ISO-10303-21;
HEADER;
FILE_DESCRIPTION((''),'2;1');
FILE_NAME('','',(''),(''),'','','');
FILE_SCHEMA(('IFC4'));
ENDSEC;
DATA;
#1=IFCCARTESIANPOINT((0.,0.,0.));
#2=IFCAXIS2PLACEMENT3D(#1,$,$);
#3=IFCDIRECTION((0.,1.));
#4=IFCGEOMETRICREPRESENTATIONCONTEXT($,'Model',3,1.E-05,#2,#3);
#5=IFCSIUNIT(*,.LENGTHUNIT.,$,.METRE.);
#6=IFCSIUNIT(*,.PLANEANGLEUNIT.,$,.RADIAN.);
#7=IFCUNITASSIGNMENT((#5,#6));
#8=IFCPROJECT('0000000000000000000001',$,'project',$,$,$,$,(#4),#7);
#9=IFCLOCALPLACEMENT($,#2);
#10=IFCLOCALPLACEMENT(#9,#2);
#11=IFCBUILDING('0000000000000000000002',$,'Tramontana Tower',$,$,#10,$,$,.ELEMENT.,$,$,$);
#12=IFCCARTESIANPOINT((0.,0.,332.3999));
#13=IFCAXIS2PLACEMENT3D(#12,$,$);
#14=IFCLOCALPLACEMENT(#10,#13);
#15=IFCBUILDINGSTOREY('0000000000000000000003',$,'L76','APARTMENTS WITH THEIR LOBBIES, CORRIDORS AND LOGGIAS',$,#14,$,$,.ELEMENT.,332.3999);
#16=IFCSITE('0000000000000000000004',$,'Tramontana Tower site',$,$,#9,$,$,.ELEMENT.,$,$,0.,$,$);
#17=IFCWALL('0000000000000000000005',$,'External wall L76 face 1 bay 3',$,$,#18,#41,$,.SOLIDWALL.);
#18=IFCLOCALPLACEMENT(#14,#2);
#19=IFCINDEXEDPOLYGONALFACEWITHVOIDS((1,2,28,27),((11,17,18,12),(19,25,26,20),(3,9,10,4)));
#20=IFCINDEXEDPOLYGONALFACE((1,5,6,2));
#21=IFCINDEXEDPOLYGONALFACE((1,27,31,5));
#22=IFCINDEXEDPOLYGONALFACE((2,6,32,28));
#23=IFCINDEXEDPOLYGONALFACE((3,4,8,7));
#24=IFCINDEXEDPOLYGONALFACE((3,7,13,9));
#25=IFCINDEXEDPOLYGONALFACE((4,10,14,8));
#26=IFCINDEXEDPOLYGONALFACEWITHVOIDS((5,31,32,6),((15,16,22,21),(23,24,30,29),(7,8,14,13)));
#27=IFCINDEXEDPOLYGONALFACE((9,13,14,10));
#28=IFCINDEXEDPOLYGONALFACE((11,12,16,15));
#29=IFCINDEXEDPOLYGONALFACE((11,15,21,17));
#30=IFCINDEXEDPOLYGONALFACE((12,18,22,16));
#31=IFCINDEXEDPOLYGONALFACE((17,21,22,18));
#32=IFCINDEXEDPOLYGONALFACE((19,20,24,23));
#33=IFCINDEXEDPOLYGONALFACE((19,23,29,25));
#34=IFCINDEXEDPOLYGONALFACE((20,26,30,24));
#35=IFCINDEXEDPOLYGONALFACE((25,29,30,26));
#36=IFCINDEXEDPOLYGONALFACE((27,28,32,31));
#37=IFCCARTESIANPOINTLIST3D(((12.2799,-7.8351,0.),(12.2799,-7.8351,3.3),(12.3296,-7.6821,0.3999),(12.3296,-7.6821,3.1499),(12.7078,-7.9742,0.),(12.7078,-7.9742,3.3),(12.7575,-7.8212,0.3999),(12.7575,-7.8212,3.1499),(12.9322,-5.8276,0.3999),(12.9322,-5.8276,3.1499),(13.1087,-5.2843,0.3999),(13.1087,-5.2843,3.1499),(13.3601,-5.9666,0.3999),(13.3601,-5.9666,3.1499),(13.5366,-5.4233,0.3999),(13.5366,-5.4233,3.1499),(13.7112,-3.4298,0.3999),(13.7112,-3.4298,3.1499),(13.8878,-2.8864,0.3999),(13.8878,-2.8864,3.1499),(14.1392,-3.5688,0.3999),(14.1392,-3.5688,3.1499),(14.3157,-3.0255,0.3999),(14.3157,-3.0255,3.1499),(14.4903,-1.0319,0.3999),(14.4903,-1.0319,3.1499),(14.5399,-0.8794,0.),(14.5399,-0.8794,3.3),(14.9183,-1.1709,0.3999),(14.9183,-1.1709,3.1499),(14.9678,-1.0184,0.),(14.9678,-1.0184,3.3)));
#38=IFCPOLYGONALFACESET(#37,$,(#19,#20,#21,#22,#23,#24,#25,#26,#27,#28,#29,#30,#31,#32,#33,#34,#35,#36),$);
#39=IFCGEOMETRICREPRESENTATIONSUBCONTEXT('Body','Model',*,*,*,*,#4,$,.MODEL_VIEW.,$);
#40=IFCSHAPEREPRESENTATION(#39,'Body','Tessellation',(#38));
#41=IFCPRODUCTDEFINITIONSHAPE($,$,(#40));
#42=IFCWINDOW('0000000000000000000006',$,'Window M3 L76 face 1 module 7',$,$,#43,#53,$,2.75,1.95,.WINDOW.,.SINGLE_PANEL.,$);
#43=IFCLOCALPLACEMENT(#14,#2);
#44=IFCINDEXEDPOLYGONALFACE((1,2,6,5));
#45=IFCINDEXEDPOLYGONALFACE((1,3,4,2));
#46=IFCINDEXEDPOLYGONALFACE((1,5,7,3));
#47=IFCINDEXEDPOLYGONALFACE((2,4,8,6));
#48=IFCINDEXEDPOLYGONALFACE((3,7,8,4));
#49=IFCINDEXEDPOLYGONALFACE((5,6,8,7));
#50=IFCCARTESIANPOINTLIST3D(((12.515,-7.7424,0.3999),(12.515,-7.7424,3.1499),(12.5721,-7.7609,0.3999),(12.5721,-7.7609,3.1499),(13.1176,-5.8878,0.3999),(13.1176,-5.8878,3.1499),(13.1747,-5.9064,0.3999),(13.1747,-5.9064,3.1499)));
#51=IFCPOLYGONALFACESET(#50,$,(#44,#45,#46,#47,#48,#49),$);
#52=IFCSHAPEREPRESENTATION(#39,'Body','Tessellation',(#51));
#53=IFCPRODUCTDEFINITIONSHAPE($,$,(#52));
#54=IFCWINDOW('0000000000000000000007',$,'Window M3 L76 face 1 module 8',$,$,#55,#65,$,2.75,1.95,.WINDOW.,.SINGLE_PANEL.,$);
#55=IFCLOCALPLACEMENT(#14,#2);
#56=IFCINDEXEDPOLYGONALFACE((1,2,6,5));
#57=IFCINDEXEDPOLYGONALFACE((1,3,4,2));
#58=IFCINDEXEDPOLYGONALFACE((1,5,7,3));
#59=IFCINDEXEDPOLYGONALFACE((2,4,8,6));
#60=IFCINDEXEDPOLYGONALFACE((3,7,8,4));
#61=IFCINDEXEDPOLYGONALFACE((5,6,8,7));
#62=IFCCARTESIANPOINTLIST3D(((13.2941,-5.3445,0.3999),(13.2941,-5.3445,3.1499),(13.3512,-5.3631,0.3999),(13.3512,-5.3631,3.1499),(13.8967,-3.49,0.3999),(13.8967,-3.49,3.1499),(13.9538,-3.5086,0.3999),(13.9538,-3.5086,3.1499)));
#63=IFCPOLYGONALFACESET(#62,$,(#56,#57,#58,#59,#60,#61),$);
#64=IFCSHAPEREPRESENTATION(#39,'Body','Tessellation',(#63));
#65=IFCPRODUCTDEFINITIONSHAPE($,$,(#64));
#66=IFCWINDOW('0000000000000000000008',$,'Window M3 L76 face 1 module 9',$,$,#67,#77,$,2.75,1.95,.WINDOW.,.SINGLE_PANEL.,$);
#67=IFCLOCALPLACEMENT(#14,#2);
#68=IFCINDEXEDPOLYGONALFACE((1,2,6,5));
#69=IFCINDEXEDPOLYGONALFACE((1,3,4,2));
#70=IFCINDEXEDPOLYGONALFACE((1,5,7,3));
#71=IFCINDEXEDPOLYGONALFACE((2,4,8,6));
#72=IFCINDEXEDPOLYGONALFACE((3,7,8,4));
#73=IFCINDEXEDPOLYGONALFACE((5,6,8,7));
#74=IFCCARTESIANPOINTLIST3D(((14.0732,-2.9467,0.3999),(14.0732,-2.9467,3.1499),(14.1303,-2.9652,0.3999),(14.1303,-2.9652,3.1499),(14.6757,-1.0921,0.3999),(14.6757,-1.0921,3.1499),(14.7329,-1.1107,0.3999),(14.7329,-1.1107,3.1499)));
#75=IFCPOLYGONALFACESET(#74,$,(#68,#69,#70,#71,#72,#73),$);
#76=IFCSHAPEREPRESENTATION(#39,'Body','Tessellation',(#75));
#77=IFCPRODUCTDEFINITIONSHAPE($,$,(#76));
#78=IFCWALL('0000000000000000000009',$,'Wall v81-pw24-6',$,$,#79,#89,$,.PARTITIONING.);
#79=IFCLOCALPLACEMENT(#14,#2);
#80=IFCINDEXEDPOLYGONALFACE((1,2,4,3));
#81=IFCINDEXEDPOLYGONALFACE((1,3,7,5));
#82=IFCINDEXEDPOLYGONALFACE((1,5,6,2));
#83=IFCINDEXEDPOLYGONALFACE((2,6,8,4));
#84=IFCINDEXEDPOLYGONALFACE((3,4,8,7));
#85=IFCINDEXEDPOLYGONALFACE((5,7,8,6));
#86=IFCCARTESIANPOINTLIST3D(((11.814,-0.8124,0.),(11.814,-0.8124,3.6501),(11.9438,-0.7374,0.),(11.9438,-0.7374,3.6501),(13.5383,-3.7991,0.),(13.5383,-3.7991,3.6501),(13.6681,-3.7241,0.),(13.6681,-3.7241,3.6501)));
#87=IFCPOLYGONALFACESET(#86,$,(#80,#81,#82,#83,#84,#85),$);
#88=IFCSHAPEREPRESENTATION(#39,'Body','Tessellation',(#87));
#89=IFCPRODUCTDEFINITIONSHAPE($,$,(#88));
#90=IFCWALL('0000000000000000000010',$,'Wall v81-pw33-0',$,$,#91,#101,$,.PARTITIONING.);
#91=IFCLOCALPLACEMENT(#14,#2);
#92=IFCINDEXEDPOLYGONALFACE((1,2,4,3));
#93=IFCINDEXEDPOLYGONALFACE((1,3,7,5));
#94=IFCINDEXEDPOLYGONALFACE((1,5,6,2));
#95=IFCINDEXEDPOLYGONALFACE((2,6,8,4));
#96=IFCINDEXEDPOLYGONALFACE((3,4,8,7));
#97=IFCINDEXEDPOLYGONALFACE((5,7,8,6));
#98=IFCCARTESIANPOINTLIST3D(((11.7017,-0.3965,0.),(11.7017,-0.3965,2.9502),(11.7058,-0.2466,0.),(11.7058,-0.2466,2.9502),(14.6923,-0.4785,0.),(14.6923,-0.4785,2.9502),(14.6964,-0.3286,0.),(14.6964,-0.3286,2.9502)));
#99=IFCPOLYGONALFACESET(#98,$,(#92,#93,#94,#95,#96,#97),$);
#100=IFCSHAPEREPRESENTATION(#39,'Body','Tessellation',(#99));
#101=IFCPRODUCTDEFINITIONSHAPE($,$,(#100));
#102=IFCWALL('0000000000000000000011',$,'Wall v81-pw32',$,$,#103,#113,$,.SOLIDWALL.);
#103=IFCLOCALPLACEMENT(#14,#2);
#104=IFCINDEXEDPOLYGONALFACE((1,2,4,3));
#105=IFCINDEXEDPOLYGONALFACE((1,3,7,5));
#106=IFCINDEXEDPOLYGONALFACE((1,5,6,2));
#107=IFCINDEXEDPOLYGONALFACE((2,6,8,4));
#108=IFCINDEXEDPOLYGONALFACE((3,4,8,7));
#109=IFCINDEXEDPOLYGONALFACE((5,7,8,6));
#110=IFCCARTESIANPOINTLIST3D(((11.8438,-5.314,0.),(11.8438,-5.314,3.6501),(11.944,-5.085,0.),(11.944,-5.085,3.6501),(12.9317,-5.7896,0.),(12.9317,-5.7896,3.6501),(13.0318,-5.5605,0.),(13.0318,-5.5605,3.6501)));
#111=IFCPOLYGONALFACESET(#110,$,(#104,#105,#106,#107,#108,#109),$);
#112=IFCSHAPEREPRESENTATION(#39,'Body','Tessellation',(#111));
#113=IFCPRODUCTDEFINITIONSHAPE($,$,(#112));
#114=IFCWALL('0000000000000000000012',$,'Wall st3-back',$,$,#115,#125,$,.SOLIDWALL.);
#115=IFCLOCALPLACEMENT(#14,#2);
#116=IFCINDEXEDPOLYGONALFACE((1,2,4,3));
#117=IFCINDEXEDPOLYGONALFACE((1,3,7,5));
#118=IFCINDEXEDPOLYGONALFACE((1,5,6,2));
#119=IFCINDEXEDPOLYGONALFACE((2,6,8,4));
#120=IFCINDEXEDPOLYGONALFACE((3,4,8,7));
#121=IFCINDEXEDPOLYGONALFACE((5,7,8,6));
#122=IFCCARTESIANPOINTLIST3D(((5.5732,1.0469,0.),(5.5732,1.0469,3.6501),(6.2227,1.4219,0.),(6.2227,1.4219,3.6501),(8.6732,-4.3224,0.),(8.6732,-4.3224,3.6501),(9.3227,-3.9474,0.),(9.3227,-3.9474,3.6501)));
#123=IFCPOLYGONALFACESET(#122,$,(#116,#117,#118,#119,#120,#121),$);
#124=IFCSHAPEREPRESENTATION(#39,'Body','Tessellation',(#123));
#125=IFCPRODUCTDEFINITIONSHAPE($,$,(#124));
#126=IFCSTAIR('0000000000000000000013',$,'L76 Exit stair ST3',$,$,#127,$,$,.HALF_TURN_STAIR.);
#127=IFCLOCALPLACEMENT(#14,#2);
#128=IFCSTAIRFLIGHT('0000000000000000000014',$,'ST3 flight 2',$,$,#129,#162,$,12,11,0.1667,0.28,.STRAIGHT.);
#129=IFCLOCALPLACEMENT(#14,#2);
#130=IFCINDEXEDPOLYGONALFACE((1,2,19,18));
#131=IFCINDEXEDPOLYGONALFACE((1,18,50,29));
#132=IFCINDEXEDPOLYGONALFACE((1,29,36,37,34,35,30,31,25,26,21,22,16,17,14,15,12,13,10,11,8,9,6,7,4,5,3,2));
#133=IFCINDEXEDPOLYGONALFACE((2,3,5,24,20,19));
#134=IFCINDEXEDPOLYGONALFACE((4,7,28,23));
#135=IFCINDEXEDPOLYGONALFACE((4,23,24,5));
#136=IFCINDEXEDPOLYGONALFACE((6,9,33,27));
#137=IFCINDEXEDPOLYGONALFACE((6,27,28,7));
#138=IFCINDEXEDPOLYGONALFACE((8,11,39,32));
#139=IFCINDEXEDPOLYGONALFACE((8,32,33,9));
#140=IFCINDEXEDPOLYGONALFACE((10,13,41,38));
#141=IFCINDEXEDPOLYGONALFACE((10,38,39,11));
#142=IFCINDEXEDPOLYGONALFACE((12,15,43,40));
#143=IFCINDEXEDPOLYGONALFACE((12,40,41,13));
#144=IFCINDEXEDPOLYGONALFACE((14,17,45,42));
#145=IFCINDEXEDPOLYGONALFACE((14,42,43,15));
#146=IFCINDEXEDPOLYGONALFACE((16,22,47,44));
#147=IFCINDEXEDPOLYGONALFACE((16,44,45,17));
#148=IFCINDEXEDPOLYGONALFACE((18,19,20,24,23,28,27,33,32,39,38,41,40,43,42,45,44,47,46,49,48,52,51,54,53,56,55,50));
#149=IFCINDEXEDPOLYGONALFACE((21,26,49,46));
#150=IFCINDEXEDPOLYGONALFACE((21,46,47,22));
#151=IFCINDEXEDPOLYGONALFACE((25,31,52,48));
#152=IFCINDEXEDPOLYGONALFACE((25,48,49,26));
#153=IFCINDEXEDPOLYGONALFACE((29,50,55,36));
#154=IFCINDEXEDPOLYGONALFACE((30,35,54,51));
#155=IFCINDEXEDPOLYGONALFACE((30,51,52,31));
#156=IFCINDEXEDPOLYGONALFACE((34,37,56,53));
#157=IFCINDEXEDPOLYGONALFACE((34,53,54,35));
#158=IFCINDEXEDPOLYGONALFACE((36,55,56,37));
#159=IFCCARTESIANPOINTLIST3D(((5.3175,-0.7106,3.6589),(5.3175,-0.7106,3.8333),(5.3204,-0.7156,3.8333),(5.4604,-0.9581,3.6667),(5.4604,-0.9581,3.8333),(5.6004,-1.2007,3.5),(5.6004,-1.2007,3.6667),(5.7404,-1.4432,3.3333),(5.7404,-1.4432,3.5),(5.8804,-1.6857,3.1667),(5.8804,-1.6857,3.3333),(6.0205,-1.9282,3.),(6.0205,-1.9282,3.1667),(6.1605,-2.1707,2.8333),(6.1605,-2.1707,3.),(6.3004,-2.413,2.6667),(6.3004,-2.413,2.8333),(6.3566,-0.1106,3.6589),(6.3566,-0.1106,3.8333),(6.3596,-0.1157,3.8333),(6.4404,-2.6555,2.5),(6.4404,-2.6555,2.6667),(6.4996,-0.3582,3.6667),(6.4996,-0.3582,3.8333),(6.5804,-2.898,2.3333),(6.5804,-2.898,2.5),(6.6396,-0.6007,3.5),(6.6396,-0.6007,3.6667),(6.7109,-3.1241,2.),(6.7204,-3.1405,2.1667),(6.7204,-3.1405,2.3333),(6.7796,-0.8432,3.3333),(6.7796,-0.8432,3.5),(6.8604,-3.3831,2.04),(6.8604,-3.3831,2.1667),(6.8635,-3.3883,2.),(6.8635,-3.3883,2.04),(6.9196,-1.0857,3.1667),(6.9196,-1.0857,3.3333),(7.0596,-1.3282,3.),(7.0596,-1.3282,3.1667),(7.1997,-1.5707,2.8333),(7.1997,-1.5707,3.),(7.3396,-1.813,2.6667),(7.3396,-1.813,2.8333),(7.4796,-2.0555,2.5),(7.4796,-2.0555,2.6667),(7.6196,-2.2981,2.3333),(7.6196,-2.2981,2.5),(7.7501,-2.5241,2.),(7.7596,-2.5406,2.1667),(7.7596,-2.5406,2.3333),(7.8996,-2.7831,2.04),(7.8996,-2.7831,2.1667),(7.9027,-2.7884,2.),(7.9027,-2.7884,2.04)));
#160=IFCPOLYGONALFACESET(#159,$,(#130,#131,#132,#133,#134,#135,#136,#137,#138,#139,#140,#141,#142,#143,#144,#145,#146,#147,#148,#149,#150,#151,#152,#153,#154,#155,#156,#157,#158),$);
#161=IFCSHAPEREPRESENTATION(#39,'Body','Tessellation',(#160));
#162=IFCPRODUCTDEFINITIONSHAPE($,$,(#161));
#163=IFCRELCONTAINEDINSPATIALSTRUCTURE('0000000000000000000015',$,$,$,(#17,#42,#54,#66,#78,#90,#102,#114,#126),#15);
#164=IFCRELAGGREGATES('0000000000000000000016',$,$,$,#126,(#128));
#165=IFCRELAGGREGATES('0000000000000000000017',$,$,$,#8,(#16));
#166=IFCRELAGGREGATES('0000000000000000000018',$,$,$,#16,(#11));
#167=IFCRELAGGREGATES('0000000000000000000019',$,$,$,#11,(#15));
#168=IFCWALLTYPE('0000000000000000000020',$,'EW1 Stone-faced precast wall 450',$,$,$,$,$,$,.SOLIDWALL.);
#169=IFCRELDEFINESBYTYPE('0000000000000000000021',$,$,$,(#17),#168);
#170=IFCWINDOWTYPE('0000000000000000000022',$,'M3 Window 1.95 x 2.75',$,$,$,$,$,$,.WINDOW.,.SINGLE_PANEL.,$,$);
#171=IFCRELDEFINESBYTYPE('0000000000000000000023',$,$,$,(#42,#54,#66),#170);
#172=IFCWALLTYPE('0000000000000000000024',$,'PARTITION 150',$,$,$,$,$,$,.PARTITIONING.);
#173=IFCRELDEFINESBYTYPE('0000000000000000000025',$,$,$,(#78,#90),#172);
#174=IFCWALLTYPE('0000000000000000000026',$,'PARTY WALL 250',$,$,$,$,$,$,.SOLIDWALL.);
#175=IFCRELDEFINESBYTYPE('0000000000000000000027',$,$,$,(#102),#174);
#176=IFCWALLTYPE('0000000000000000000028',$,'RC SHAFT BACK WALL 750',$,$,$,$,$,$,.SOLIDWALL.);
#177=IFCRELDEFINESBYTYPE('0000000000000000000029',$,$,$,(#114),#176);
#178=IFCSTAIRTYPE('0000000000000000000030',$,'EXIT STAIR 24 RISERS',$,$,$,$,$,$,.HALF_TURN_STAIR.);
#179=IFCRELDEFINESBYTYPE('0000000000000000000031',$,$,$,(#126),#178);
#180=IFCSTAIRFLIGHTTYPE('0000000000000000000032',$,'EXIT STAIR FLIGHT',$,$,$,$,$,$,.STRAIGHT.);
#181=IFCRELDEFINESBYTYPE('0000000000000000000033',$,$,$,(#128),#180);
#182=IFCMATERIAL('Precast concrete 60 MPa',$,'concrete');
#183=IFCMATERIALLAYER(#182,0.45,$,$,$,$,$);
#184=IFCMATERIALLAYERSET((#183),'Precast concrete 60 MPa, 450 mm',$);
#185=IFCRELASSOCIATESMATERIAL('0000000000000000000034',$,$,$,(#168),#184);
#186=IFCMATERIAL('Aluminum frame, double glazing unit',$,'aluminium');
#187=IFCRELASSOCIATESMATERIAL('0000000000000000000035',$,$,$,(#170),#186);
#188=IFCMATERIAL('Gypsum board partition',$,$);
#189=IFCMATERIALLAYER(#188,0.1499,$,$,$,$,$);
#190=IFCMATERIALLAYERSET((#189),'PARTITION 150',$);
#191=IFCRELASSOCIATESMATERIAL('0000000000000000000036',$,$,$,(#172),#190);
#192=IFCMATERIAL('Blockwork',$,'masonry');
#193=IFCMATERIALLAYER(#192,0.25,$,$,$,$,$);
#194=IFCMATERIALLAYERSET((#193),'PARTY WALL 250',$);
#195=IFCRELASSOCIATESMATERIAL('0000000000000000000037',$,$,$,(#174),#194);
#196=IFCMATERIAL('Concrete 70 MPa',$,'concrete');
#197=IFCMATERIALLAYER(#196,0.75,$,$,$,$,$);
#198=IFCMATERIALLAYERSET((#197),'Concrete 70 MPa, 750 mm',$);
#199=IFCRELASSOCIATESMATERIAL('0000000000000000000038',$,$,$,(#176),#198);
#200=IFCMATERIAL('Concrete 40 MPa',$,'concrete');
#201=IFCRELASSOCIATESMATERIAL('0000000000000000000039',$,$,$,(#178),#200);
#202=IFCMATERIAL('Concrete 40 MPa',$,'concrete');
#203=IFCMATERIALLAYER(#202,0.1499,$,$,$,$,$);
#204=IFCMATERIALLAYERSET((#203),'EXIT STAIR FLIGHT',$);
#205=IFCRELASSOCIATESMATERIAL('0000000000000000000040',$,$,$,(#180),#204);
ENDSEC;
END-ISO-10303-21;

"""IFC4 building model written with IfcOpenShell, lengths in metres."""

from ifc_helpers import new_model, si_unit, direction, frame, frame_2d, origin, place, context, subcontext, project, spatial, polyline, rectangle, outline, extrude, material, layer, layer_set, type_object, element, fill, aggregate, save


model = new_model("IFC4")

# Units and contexts
model_context = context("Model", 3, precision=1e-05, world=origin(), true_north=direction((0.0, 1.0)))
body_context = subcontext(model_context, "Body", "Model", "MODEL_VIEW")
ifc_project = project(units=[si_unit("LENGTHUNIT", "METRE"), si_unit("PLANEANGLEUNIT", "RADIAN")], contexts=[model_context])

# Site, building, storey
site_placement = place(None, origin())
site = spatial("IfcSite", under=ifc_project, at=site_placement, Name="Tramontana Tower site", CompositionType="ELEMENT", RefElevation=0.0)
building_placement = place(site_placement, origin())
building = spatial("IfcBuilding", under=site, at=building_placement, Name="Tramontana Tower", CompositionType="ELEMENT")
storey_placement = place(building_placement, frame((0.0, 0.0, 332.3999)))
storey = spatial("IfcBuildingStorey", under=building, at=storey_placement, Name="L76", Description="APARTMENTS WITH THEIR LOBBIES, CORRIDORS AND LOGGIAS", CompositionType="ELEMENT", Elevation=332.3999)

# Wall, openings, windows
ifc_material_1 = material(Name="Precast concrete 60 MPa", Category="concrete")
ifc_layer_1 = layer(ifc_material_1, 0.45)
ifc_layer_set_1 = layer_set([ifc_layer_1], Name="Precast concrete 60 MPa, 450 mm")
wall_type_1 = type_object("IfcWallType", Name="EW1 Stone-faced precast wall 450", PredefinedType="SOLIDWALL", material=ifc_layer_set_1)
wall_1_placement = place(storey_placement, frame((12.4939, -7.9045, 0.0), z_axis=(0.0, 0.0, 1.0), x_axis=(0.309008, 0.951059, 0.0)))
wall_1 = element("IfcWall", 1, at=wall_1_placement, inside=storey, type_object=wall_type_1, Name="External wall L76 face 1 bay 3", PredefinedType="SOLIDWALL", context=body_context, shape_type="SweptSolid", body=[
    extrude(rectangle(XDim=7.3137, YDim=0.45, at=frame_2d((3.6567, 0.0))), origin(), (0.0, 0.0, 1.0), 3.3),
])
opening_1_placement = place(wall_1_placement, frame((0.1606, 0.0, 0.3999)))
opening_1 = element("IfcOpeningElement", 2, at=opening_1_placement, cuts=wall_1, PredefinedType="OPENING", context=body_context, shape_type="SweptSolid", body=[
    extrude(rectangle(XDim=1.95, YDim=2.75, at=frame_2d((0.9751, 1.375))), frame((0.0, 0.2349, 0.0), z_axis=(0.0, -1.0, 0.0), x_axis=(1.0, 0.0, 0.0)), (0.0, 0.0, 1.0), 0.47),
])
opening_2_placement = place(wall_1_placement, frame((2.6819, 0.0, 0.3999)))
opening_2 = element("IfcOpeningElement", 3, at=opening_2_placement, cuts=wall_1, PredefinedType="OPENING", context=body_context, shape_type="SweptSolid", body=[
    extrude(rectangle(XDim=1.95, YDim=2.75, at=frame_2d((0.9751, 1.375))), frame((0.0, 0.2349, 0.0), z_axis=(0.0, -1.0, 0.0), x_axis=(1.0, 0.0, 0.0)), (0.0, 0.0, 1.0), 0.47),
])
opening_3_placement = place(wall_1_placement, frame((5.2031, 0.0, 0.3999)))
opening_3 = element("IfcOpeningElement", 4, at=opening_3_placement, cuts=wall_1, PredefinedType="OPENING", context=body_context, shape_type="SweptSolid", body=[
    extrude(rectangle(XDim=1.95, YDim=2.75, at=frame_2d((0.9751, 1.375))), frame((0.0, 0.2349, 0.0), z_axis=(0.0, -1.0, 0.0), x_axis=(1.0, 0.0, 0.0)), (0.0, 0.0, 1.0), 0.47),
])
ifc_material_2 = material(Name="Aluminum frame, double glazing unit", Category="aluminium")
window_type = type_object("IfcWindowType", Name="M3 Window 1.95 x 2.75", PartitioningType="SINGLE_PANEL", PredefinedType="WINDOW", material=ifc_material_2)
window_1_placement = place(opening_1_placement, origin())
window_1 = element("IfcWindow", 5, at=window_1_placement, inside=storey, type_object=window_type, Name="Window M3 L76 face 1 module 7", OverallHeight=2.75, OverallWidth=1.95, PartitioningType="SINGLE_PANEL", PredefinedType="WINDOW", context=body_context, shape_type="SweptSolid", body=[
    extrude(rectangle(XDim=1.95, YDim=2.75, at=frame_2d((0.9751, 1.375))), frame((0.0, 0.03, 0.0), z_axis=(0.0, -1.0, 0.0), x_axis=(1.0, 0.0, 0.0)), (0.0, 0.0, 1.0), 0.0601),
])
fill(opening_1, window_1)
window_2_placement = place(opening_2_placement, origin())
window_2 = element("IfcWindow", 6, at=window_2_placement, inside=storey, type_object=window_type, Name="Window M3 L76 face 1 module 8", OverallHeight=2.75, OverallWidth=1.95, PartitioningType="SINGLE_PANEL", PredefinedType="WINDOW", context=body_context, shape_type="SweptSolid", body=[
    extrude(rectangle(XDim=1.95, YDim=2.75, at=frame_2d((0.9751, 1.375))), frame((0.0, 0.03, 0.0), z_axis=(0.0, -1.0, 0.0), x_axis=(1.0, 0.0, 0.0)), (0.0, 0.0, 1.0), 0.0601),
])
fill(opening_2, window_2)
window_3_placement = place(opening_3_placement, origin())
window_3 = element("IfcWindow", 7, at=window_3_placement, inside=storey, type_object=window_type, Name="Window M3 L76 face 1 module 9", OverallHeight=2.75, OverallWidth=1.95, PartitioningType="SINGLE_PANEL", PredefinedType="WINDOW", context=body_context, shape_type="SweptSolid", body=[
    extrude(rectangle(XDim=1.95, YDim=2.75, at=frame_2d((0.9751, 1.375))), frame((0.0, 0.03, 0.0), z_axis=(0.0, -1.0, 0.0), x_axis=(1.0, 0.0, 0.0)), (0.0, 0.0, 1.0), 0.0601),
])
fill(opening_3, window_3)

# Walls
ifc_material_3 = material(Name="Gypsum board partition")
ifc_layer_2 = layer(ifc_material_3, 0.1499)
ifc_layer_set_2 = layer_set([ifc_layer_2], Name="PARTITION 150")
wall_type_2 = type_object("IfcWallType", Name="PARTITION 150", PredefinedType="PARTITIONING", material=ifc_layer_set_2)
wall_2_placement = place(storey_placement, frame((11.8789, -0.7749, 0.0), z_axis=(0.0, 0.0, 1.0), x_axis=(0.499984, -0.866035, 0.0)))
element("IfcWall", 8, at=wall_2_placement, inside=storey, type_object=wall_type_2, Name="Wall v81-pw24-6", PredefinedType="PARTITIONING", context=body_context, shape_type="SweptSolid", body=[
    extrude(rectangle(XDim=3.4487, YDim=0.1499, at=frame_2d((1.7244, 0.0))), origin(), (0.0, 0.0, 1.0), 3.6501),
])
wall_3_placement = place(storey_placement, frame((14.6943, -0.4036, 0.0), z_axis=(0.0, 0.0, 1.0), x_axis=(-0.999624, 0.02742, 0.0)))
element("IfcWall", 9, at=wall_3_placement, inside=storey, type_object=wall_type_2, Name="Wall v81-pw33-0", PredefinedType="PARTITIONING", context=body_context, shape_type="SweptSolid", body=[
    extrude(rectangle(XDim=2.9917, YDim=0.1499, at=frame_2d((1.4958, 0.0))), origin(), (0.0, 0.0, 1.0), 2.9502),
])
ifc_material_4 = material(Name="Blockwork", Category="masonry")
ifc_layer_3 = layer(ifc_material_4, 0.25)
ifc_layer_set_3 = layer_set([ifc_layer_3], Name="PARTY WALL 250")
wall_type_3 = type_object("IfcWallType", Name="PARTY WALL 250", PredefinedType="SOLIDWALL", material=ifc_layer_set_3)
wall_4_placement = place(storey_placement, frame((11.8938, -5.1995, 0.0), z_axis=(0.0, 0.0, 1.0), x_axis=(0.916271, -0.40056, 0.0)))
element("IfcWall", 10, at=wall_4_placement, inside=storey, type_object=wall_type_3, Name="Wall v81-pw32", PredefinedType="SOLIDWALL", context=body_context, shape_type="SweptSolid", body=[
    extrude(rectangle(XDim=1.1873, YDim=0.25, at=frame_2d((0.5938, 0.0))), origin(), (0.0, 0.0, 1.0), 3.6501),
])
ifc_material_5 = material(Name="Concrete 70 MPa", Category="concrete")
ifc_layer_4 = layer(ifc_material_5, 0.75)
ifc_layer_set_4 = layer_set([ifc_layer_4], Name="Concrete 70 MPa, 750 mm")
wall_type_4 = type_object("IfcWallType", Name="RC SHAFT BACK WALL 750", PredefinedType="SOLIDWALL", material=ifc_layer_set_4)
wall_5_placement = place(storey_placement, frame((8.998, -4.135, 0.0), z_axis=(0.0, 0.0, 1.0), x_axis=(-0.50001, 0.86602, 0.0)))
element("IfcWall", 11, at=wall_5_placement, inside=storey, type_object=wall_type_4, Name="Wall st3-back", PredefinedType="SOLIDWALL", context=body_context, shape_type="SweptSolid", body=[
    extrude(rectangle(XDim=6.2, YDim=0.75, at=frame_2d((3.1001, 0.0))), origin(), (0.0, 0.0, 1.0), 3.6501),
])

# Stair, stair flight
ifc_material_6 = material(Name="Concrete 40 MPa", Category="concrete")
stair_type = type_object("IfcStairType", Name="EXIT STAIR 24 RISERS", PredefinedType="HALF_TURN_STAIR", material=ifc_material_6)
stair_placement = place(storey_placement, origin())
stair = element("IfcStair", 12, at=stair_placement, inside=storey, type_object=stair_type, Name="L76 Exit stair ST3", PredefinedType="HALF_TURN_STAIR")
ifc_material_7 = material(Name="Concrete 40 MPa", Category="concrete")
ifc_layer_5 = layer(ifc_material_7, 0.1499)
ifc_layer_set_5 = layer_set([ifc_layer_5], Name="EXIT STAIR FLIGHT")
stair_flight_type = type_object("IfcStairFlightType", Name="EXIT STAIR FLIGHT", PredefinedType="STRAIGHT", material=ifc_layer_set_5)
stair_flight_placement = place(storey_placement, frame((7.3801, -3.083, 2.0), z_axis=(0.0, 0.0, 1.0), x_axis=(-0.5, 0.866025, 0.0)))
stair_flight = element("IfcStairFlight", 13, at=stair_flight_placement, type_object=stair_flight_type, Name="ST3 flight 2", NumberOfRisers=12, NumberOfTreads=11, PredefinedType="STRAIGHT", RiserHeight=0.1667, TreadLength=0.28, context=body_context, shape_type="SweptSolid", body=[
    extrude(outline(polyline([(-0.0061, 0.0), (-0.0061, 0.04), (0.0, 0.04), (0.0, 0.1667), (0.28, 0.1667), (0.28, 0.3333), (0.5601, 0.3333), (0.5601, 0.5), (0.8401, 0.5), (0.8401, 0.6667), (1.1201, 0.6667), (1.1201, 0.8333), (1.3999, 0.8333), (1.3999, 1.0), (1.6799, 1.0), (1.6799, 1.1667), (1.96, 1.1667), (1.96, 1.3333), (2.24, 1.3333), (2.24, 1.5), (2.52, 1.5), (2.52, 1.6667), (2.8, 1.6667), (2.8, 1.8333), (3.0801, 1.8333), (3.0859, 1.8333), (3.0859, 1.6589), (0.2991, 0.0), (-0.0061, 0.0)])), frame((0.0, 0.6001, 0.0), z_axis=(0.0, -1.0, 0.0), x_axis=(1.0, 0.0, 0.0)), (0.0, 0.0, 1.0), 1.2),
])
aggregate(stair, [stair_flight])

save(model, "model.ifc")
